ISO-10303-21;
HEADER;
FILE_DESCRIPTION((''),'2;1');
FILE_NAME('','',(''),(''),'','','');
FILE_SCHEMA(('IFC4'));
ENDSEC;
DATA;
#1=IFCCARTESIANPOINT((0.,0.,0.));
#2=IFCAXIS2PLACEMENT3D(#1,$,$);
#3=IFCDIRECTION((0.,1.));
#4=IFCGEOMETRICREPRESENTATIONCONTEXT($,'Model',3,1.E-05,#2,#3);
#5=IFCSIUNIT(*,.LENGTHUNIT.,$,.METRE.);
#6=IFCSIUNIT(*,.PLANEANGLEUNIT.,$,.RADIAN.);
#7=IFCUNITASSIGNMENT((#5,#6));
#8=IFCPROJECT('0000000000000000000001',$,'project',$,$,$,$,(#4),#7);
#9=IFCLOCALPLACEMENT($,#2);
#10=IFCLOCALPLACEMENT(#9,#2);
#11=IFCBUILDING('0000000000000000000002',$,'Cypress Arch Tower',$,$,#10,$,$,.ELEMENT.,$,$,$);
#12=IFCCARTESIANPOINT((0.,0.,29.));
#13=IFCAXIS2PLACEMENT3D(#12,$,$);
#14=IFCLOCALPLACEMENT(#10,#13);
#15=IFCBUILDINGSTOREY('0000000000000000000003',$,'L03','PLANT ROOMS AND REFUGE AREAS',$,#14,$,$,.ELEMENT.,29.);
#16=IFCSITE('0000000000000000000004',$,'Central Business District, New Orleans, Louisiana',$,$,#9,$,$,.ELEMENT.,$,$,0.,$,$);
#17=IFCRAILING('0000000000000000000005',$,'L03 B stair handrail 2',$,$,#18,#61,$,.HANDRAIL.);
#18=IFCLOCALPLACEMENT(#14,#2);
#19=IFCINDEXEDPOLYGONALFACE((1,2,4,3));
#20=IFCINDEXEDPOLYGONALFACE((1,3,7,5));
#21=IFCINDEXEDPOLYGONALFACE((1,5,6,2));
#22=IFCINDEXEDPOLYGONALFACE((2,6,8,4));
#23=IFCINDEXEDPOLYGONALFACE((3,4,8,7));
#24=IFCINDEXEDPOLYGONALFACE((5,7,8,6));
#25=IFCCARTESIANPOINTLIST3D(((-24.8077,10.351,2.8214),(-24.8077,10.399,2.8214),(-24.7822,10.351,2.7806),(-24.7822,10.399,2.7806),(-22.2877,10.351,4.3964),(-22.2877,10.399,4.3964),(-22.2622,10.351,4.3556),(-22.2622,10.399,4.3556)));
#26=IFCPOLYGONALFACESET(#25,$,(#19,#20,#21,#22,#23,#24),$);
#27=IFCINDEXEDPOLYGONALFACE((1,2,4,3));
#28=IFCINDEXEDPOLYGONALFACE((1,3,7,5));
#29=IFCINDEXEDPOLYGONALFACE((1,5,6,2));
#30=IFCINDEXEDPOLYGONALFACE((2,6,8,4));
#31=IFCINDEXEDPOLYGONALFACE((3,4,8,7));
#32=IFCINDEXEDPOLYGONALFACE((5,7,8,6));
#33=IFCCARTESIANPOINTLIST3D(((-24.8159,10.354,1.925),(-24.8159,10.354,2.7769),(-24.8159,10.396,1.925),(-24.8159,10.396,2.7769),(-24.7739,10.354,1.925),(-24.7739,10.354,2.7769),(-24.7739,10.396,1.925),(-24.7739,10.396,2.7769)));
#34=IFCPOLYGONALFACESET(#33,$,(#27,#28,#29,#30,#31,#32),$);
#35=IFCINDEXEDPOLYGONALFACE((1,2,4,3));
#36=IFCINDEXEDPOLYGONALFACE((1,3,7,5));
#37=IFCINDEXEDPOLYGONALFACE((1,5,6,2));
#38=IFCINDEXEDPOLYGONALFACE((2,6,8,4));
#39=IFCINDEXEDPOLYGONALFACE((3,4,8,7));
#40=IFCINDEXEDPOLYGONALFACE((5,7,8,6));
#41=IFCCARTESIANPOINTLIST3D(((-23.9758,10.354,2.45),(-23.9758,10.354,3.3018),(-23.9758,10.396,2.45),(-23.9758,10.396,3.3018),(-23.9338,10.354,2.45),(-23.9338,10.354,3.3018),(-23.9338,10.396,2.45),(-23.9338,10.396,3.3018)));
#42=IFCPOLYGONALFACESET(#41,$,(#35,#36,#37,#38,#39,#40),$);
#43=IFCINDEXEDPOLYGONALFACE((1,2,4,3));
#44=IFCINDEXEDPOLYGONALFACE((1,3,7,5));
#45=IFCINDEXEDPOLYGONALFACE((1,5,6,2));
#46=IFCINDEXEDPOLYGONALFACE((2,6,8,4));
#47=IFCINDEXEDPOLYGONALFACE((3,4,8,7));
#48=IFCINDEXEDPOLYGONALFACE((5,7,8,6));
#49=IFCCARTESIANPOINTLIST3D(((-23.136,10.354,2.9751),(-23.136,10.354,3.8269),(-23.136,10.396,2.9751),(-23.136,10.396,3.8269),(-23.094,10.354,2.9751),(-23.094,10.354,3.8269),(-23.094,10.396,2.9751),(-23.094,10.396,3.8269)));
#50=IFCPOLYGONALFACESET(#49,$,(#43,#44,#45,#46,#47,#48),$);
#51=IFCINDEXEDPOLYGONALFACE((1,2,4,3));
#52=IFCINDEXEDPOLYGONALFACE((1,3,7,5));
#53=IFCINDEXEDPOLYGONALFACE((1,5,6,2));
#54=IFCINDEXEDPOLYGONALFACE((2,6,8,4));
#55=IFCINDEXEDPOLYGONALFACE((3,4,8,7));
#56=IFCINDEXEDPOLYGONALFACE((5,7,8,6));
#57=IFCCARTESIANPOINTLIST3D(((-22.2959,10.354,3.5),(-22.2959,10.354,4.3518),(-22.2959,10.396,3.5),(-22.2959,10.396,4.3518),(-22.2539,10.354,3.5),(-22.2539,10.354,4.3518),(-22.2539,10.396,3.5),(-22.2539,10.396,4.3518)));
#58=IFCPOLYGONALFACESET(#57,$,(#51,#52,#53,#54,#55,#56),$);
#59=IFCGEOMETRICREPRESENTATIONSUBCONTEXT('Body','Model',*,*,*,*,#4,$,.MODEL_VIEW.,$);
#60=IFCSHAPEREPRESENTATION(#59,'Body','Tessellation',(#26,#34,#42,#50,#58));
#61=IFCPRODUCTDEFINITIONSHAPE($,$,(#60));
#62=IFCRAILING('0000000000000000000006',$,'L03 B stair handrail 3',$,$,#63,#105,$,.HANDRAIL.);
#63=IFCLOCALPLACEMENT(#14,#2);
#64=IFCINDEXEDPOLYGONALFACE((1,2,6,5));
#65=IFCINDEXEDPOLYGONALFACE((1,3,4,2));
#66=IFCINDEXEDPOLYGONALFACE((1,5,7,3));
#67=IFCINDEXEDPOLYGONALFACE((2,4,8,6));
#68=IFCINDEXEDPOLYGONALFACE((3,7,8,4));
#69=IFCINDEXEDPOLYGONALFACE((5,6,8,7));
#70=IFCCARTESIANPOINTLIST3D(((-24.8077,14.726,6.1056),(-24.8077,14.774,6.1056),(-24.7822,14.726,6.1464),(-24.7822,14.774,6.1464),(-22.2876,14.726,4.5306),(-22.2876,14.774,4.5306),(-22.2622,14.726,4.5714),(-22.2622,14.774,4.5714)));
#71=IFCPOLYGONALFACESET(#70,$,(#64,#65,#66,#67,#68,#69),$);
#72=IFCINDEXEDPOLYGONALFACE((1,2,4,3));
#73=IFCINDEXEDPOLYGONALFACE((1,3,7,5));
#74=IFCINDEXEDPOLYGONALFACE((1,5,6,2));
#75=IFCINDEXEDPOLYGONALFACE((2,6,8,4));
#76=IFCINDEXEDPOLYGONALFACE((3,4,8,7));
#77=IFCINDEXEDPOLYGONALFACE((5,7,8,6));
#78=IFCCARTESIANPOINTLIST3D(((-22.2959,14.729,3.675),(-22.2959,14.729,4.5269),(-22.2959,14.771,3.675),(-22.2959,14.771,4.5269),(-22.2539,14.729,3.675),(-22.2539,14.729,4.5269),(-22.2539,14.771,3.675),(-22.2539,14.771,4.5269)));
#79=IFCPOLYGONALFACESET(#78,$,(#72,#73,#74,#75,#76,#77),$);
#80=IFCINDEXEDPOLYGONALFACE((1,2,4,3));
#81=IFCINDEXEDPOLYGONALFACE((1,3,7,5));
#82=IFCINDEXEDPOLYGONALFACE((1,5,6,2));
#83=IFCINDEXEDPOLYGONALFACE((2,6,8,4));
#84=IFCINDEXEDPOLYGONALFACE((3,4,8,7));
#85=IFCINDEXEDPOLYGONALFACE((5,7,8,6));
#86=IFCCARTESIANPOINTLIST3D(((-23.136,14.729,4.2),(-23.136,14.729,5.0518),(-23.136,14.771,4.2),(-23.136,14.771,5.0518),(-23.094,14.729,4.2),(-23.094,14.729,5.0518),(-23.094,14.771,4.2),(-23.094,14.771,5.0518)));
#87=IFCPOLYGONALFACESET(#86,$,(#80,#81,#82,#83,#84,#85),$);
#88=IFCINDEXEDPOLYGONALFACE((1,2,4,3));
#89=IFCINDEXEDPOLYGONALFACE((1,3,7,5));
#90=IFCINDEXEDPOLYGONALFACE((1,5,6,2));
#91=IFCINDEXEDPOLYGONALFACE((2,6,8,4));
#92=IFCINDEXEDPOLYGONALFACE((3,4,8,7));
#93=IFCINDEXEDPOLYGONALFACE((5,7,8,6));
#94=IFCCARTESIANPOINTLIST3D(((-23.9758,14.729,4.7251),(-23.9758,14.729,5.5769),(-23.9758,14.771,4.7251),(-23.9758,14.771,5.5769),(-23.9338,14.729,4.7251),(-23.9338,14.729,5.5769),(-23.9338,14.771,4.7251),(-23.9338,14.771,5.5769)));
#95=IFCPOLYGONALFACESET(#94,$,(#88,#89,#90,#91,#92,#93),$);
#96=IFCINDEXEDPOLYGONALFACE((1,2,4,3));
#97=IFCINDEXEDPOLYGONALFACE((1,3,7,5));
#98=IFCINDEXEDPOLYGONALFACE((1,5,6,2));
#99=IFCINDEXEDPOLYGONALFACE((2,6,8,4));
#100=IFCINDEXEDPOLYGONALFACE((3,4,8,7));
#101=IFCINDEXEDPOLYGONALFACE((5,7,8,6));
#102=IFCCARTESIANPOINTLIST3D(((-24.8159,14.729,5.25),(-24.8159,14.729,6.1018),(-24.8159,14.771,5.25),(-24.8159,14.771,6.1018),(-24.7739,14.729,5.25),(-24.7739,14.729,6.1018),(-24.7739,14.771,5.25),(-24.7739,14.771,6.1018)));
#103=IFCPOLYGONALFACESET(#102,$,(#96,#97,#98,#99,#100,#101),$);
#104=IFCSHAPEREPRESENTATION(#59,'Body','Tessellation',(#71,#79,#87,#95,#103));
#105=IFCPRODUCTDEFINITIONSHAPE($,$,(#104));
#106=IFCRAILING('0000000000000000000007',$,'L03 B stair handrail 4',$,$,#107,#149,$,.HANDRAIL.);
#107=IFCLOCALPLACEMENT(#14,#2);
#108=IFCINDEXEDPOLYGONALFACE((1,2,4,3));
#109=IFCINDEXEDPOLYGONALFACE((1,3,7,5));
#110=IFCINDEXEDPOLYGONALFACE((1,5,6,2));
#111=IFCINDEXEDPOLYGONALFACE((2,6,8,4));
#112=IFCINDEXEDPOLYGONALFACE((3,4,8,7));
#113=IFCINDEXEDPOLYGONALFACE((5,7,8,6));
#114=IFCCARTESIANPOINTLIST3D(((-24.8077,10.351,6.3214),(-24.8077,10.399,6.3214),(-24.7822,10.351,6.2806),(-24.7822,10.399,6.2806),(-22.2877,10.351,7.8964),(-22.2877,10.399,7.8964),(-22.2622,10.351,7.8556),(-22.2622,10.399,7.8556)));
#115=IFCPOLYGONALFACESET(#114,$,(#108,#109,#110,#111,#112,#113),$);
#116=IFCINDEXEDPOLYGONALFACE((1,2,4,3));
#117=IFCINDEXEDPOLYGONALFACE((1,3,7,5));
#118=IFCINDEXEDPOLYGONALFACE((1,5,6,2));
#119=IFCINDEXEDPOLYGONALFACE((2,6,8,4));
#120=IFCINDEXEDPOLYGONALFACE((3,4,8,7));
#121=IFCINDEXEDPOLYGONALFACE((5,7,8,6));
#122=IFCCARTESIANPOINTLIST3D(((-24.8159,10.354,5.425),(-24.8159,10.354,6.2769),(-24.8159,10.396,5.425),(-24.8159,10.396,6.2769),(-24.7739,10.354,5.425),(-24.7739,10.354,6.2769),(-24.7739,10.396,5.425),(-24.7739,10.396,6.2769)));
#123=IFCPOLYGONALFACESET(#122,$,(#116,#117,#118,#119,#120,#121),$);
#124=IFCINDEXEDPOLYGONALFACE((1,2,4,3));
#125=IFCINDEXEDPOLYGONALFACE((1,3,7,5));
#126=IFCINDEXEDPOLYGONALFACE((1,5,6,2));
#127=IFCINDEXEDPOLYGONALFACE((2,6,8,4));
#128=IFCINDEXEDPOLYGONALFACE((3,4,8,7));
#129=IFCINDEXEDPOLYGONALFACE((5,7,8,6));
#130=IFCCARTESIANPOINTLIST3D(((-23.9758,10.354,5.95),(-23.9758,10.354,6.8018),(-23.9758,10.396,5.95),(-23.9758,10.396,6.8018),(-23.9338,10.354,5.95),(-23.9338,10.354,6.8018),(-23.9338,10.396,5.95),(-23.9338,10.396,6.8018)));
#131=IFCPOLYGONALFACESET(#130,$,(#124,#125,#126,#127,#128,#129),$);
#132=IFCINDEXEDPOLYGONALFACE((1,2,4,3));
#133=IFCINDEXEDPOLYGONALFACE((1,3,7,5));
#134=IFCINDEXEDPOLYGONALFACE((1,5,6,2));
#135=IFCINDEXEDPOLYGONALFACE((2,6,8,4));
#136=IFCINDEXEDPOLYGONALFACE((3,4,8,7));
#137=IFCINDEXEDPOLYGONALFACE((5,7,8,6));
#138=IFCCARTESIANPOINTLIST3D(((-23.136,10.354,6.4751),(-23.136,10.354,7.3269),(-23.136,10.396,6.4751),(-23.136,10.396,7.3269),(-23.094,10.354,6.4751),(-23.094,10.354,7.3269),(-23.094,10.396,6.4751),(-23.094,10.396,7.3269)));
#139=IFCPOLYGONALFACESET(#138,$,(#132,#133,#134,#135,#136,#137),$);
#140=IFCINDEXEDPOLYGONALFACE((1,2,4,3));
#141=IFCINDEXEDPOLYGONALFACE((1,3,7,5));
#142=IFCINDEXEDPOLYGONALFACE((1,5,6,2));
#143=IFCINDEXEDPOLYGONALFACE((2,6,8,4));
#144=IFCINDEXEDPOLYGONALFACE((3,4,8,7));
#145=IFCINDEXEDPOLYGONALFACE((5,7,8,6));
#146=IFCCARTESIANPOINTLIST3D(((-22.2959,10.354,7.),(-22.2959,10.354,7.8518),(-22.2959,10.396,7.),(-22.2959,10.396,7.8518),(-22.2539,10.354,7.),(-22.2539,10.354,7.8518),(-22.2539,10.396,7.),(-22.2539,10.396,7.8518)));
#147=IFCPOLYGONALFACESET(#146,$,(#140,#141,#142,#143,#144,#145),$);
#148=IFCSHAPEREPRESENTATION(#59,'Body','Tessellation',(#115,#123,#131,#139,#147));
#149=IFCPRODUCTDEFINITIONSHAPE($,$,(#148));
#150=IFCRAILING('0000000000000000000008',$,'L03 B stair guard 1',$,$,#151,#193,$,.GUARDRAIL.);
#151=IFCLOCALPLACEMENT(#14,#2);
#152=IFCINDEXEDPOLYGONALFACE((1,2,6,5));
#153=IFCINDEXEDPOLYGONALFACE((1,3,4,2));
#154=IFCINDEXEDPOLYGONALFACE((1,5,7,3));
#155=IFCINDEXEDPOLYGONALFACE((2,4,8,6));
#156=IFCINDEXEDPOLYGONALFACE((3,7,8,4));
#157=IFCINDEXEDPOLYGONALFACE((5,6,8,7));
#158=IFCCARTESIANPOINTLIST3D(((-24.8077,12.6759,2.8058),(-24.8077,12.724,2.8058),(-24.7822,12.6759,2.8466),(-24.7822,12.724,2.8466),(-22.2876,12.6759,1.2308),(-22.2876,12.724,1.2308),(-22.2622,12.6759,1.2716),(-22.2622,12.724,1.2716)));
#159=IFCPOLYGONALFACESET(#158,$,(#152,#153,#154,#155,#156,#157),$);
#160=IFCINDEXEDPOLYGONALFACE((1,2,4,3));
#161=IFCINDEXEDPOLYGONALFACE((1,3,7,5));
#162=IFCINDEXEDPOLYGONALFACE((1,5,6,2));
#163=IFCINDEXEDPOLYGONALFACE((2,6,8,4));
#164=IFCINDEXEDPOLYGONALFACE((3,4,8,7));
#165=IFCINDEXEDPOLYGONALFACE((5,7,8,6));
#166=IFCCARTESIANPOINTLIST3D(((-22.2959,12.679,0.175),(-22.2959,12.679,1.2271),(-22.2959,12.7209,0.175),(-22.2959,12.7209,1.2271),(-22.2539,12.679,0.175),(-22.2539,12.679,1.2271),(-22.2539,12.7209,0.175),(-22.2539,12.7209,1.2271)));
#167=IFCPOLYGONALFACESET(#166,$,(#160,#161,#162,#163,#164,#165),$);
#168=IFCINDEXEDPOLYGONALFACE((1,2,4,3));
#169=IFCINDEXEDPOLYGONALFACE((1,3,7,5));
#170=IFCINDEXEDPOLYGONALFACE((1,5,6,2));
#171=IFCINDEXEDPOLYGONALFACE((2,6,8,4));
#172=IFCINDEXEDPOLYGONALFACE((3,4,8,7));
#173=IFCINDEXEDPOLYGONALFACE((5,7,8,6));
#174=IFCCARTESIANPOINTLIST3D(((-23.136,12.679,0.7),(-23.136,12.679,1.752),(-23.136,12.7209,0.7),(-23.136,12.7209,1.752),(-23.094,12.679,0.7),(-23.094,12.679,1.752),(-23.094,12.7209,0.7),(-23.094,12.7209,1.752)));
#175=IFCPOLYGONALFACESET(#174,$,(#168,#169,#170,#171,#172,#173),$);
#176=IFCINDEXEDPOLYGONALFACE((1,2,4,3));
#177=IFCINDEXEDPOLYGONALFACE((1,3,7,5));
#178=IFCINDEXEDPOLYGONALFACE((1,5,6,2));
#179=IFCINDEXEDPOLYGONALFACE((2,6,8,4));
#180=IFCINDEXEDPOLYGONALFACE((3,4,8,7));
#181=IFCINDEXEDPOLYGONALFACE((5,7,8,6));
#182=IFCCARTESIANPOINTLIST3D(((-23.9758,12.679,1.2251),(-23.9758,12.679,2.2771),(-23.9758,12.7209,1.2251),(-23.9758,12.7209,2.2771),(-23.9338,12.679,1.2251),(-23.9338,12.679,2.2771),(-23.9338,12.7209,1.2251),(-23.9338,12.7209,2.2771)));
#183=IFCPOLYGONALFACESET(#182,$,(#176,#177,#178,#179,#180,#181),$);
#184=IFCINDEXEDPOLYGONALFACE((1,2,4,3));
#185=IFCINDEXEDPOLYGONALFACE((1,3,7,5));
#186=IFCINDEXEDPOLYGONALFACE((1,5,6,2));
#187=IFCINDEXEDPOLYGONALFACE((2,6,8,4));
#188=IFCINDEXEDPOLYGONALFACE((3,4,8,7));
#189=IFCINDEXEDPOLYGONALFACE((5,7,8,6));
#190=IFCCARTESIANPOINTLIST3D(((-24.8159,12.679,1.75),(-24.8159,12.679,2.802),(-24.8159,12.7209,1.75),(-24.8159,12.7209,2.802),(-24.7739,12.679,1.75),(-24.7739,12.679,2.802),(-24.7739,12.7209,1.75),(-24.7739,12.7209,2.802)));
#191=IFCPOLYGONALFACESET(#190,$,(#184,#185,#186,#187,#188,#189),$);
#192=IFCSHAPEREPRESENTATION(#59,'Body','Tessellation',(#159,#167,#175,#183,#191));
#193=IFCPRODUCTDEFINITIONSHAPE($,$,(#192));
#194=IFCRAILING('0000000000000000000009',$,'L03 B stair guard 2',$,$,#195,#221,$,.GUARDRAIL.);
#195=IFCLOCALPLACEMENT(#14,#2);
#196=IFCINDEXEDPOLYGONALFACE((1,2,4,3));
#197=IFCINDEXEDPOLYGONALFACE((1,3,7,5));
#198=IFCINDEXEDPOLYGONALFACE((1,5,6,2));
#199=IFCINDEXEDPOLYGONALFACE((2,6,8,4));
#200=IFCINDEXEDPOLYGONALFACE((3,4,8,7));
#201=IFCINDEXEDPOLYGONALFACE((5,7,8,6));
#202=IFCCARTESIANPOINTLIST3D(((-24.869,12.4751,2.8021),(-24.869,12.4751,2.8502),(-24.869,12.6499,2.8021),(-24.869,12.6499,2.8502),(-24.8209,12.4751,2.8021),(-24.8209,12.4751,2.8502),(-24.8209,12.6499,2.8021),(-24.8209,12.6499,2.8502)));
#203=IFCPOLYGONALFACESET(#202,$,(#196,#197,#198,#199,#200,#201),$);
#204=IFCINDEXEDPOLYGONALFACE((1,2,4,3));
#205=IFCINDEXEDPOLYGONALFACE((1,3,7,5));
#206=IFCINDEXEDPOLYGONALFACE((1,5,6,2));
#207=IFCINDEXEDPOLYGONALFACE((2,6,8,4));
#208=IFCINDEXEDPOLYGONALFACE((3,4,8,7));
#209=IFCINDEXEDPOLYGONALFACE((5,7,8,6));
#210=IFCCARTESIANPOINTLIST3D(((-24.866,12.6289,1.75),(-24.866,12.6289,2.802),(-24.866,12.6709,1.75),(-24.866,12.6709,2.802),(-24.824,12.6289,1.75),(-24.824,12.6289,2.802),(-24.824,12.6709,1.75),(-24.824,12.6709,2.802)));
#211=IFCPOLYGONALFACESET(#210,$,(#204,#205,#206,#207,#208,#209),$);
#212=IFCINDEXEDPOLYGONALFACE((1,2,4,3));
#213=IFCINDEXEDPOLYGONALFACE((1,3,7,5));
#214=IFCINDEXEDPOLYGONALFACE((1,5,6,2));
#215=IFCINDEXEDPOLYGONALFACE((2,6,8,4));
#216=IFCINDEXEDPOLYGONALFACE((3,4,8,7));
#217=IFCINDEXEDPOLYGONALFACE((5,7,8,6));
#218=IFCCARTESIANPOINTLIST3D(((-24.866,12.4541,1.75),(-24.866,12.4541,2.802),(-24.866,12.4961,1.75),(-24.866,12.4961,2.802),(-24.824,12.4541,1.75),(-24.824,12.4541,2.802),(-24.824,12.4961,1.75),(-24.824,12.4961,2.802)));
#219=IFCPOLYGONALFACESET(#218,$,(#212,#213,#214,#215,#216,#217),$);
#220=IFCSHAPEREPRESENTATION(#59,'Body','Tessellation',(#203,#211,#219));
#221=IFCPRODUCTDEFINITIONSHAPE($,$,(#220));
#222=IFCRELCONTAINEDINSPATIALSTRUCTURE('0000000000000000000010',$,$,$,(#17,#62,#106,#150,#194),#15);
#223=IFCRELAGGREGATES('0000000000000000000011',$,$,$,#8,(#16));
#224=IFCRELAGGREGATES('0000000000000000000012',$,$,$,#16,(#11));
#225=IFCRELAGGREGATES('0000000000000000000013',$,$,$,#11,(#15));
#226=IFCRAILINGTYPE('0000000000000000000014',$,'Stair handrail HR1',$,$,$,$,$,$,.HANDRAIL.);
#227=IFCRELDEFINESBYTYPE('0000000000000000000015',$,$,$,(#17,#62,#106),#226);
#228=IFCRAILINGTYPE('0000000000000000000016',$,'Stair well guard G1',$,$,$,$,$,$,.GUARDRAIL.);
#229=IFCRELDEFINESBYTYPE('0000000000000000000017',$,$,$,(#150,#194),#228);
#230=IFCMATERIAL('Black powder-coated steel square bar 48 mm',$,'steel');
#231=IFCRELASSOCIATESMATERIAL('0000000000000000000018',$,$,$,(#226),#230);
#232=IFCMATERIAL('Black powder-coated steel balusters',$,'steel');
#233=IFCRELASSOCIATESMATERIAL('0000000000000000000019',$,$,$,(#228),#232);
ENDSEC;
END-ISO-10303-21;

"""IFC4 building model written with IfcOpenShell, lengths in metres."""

from ifc_helpers import new_model, si_unit, direction, frame, origin, origin_2d, place, context, subcontext, project, spatial, rectangle, extrude, material, type_object, element, save


model = new_model("IFC4")

# Units and contexts
model_context = context("Model", 3, precision=1e-05, world=origin(), true_north=direction((0.0, 1.0)))
body_context = subcontext(model_context, "Body", "Model", "MODEL_VIEW")
ifc_project = project(units=[si_unit("LENGTHUNIT", "METRE"), si_unit("PLANEANGLEUNIT", "RADIAN")], contexts=[model_context])

# Site, building, storey
site_placement = place(None, origin())
site = spatial("IfcSite", under=ifc_project, at=site_placement, Name="Central Business District, New Orleans, Louisiana", CompositionType="ELEMENT", RefElevation=0.0)
building_placement = place(site_placement, origin())
building = spatial("IfcBuilding", under=site, at=building_placement, Name="Cypress Arch Tower", CompositionType="ELEMENT")
storey_placement = place(building_placement, frame((0.0, 0.0, 29.0)))
storey = spatial("IfcBuildingStorey", under=building, at=storey_placement, Name="L03", Description="PLANT ROOMS AND REFUGE AREAS", CompositionType="ELEMENT", Elevation=29.0)

# Railings
ifc_material_1 = material(Name="Black powder-coated steel square bar 48 mm", Category="steel")
railing_type_1 = type_object("IfcRailingType", Name="Stair handrail HR1", PredefinedType="HANDRAIL", material=ifc_material_1)
railing_1_placement = place(storey_placement, frame((-24.7949, 10.375, 1.925)))
element("IfcRailing", 1, at=railing_1_placement, inside=storey, type_object=railing_type_1, Name="L03 B stair handrail 2", PredefinedType="HANDRAIL", context=body_context, shape_type="SweptSolid", body=[
    extrude(rectangle(XDim=0.0481, YDim=0.0481, at=origin_2d()), frame((0.0, 0.0, 0.876), z_axis=(0.848008, 0.0, 0.529984), x_axis=(0.0, 1.0, 0.0)), (0.0, 0.0, 1.0), 2.9717),
    extrude(rectangle(XDim=0.042, YDim=0.042, at=origin_2d()), origin(), (0.0, 0.0, 1.0), 0.8518),
    extrude(rectangle(XDim=0.042, YDim=0.042, at=origin_2d()), frame((0.8401, 0.0, 0.5249)), (0.0, 0.0, 1.0), 0.8518),
    extrude(rectangle(XDim=0.042, YDim=0.042, at=origin_2d()), frame((1.6799, 0.0, 1.05)), (0.0, 0.0, 1.0), 0.8518),
    extrude(rectangle(XDim=0.042, YDim=0.042, at=origin_2d()), frame((2.52, 0.0, 1.575)), (0.0, 0.0, 1.0), 0.8518),
])
railing_2_placement = place(storey_placement, frame((-22.2749, 14.75, 3.675)))
element("IfcRailing", 2, at=railing_2_placement, inside=storey, type_object=railing_type_1, Name="L03 B stair handrail 3", PredefinedType="HANDRAIL", context=body_context, shape_type="SweptSolid", body=[
    extrude(rectangle(XDim=0.0481, YDim=0.0481, at=origin_2d()), frame((0.0, 0.0, 0.876), z_axis=(-0.848008, 0.0, 0.529984), x_axis=(0.0, -1.0, 0.0)), (0.0, 0.0, 1.0), 2.9717),
    extrude(rectangle(XDim=0.042, YDim=0.042, at=origin_2d()), origin(), (0.0, 0.0, 1.0), 0.8518),
    extrude(rectangle(XDim=0.042, YDim=0.042, at=origin_2d()), frame((-0.8401, 0.0, 0.5249)), (0.0, 0.0, 1.0), 0.8518),
    extrude(rectangle(XDim=0.042, YDim=0.042, at=origin_2d()), frame((-1.6799, 0.0, 1.05)), (0.0, 0.0, 1.0), 0.8518),
    extrude(rectangle(XDim=0.042, YDim=0.042, at=origin_2d()), frame((-2.52, 0.0, 1.575)), (0.0, 0.0, 1.0), 0.8518),
])
railing_3_placement = place(storey_placement, frame((-24.7949, 10.375, 5.425)))
element("IfcRailing", 3, at=railing_3_placement, inside=storey, type_object=railing_type_1, Name="L03 B stair handrail 4", PredefinedType="HANDRAIL", context=body_context, shape_type="SweptSolid", body=[
    extrude(rectangle(XDim=0.0481, YDim=0.0481, at=origin_2d()), frame((0.0, 0.0, 0.876), z_axis=(0.848008, 0.0, 0.529984), x_axis=(0.0, 1.0, 0.0)), (0.0, 0.0, 1.0), 2.9717),
    extrude(rectangle(XDim=0.042, YDim=0.042, at=origin_2d()), origin(), (0.0, 0.0, 1.0), 0.8518),
    extrude(rectangle(XDim=0.042, YDim=0.042, at=origin_2d()), frame((0.8401, 0.0, 0.5249)), (0.0, 0.0, 1.0), 0.8518),
    extrude(rectangle(XDim=0.042, YDim=0.042, at=origin_2d()), frame((1.6799, 0.0, 1.05)), (0.0, 0.0, 1.0), 0.8518),
    extrude(rectangle(XDim=0.042, YDim=0.042, at=origin_2d()), frame((2.52, 0.0, 1.575)), (0.0, 0.0, 1.0), 0.8518),
])
ifc_material_2 = material(Name="Black powder-coated steel balusters", Category="steel")
railing_type_2 = type_object("IfcRailingType", Name="Stair well guard G1", PredefinedType="GUARDRAIL", material=ifc_material_2)
railing_4_placement = place(storey_placement, frame((-22.2749, 12.7, 0.175)))
element("IfcRailing", 4, at=railing_4_placement, inside=storey, type_object=railing_type_2, Name="L03 B stair guard 1", PredefinedType="GUARDRAIL", context=body_context, shape_type="SweptSolid", body=[
    extrude(rectangle(XDim=0.0481, YDim=0.0481, at=origin_2d()), frame((0.0, 0.0, 1.0762), z_axis=(-0.848008, 0.0, 0.529984), x_axis=(0.0, -1.0, 0.0)), (0.0, 0.0, 1.0), 2.9717),
    extrude(rectangle(XDim=0.042, YDim=0.042, at=origin_2d()), origin(), (0.0, 0.0, 1.0), 1.052),
    extrude(rectangle(XDim=0.042, YDim=0.042, at=origin_2d()), frame((-0.8401, 0.0, 0.5249)), (0.0, 0.0, 1.0), 1.052),
    extrude(rectangle(XDim=0.042, YDim=0.042, at=origin_2d()), frame((-1.6799, 0.0, 1.05)), (0.0, 0.0, 1.0), 1.052),
    extrude(rectangle(XDim=0.042, YDim=0.042, at=origin_2d()), frame((-2.52, 0.0, 1.575)), (0.0, 0.0, 1.0), 1.052),
])
railing_5_placement = place(storey_placement, frame((-24.845, 12.6499, 1.75)))
element("IfcRailing", 5, at=railing_5_placement, inside=storey, type_object=railing_type_2, Name="L03 B stair guard 2", PredefinedType="GUARDRAIL", context=body_context, shape_type="SweptSolid", body=[
    extrude(rectangle(XDim=0.0481, YDim=0.0481, at=origin_2d()), frame((0.0, 0.0, 1.0762), z_axis=(0.0, -1.0, 0.0), x_axis=(1.0, 0.0, 0.0)), (0.0, 0.0, 1.0), 0.1748),
    extrude(rectangle(XDim=0.042, YDim=0.042, at=origin_2d()), origin(), (0.0, 0.0, 1.0), 1.052),
    extrude(rectangle(XDim=0.042, YDim=0.042, at=origin_2d()), frame((0.0, -0.1748, 0.0)), (0.0, 0.0, 1.0), 1.052),
])

save(model, "model.ifc")
